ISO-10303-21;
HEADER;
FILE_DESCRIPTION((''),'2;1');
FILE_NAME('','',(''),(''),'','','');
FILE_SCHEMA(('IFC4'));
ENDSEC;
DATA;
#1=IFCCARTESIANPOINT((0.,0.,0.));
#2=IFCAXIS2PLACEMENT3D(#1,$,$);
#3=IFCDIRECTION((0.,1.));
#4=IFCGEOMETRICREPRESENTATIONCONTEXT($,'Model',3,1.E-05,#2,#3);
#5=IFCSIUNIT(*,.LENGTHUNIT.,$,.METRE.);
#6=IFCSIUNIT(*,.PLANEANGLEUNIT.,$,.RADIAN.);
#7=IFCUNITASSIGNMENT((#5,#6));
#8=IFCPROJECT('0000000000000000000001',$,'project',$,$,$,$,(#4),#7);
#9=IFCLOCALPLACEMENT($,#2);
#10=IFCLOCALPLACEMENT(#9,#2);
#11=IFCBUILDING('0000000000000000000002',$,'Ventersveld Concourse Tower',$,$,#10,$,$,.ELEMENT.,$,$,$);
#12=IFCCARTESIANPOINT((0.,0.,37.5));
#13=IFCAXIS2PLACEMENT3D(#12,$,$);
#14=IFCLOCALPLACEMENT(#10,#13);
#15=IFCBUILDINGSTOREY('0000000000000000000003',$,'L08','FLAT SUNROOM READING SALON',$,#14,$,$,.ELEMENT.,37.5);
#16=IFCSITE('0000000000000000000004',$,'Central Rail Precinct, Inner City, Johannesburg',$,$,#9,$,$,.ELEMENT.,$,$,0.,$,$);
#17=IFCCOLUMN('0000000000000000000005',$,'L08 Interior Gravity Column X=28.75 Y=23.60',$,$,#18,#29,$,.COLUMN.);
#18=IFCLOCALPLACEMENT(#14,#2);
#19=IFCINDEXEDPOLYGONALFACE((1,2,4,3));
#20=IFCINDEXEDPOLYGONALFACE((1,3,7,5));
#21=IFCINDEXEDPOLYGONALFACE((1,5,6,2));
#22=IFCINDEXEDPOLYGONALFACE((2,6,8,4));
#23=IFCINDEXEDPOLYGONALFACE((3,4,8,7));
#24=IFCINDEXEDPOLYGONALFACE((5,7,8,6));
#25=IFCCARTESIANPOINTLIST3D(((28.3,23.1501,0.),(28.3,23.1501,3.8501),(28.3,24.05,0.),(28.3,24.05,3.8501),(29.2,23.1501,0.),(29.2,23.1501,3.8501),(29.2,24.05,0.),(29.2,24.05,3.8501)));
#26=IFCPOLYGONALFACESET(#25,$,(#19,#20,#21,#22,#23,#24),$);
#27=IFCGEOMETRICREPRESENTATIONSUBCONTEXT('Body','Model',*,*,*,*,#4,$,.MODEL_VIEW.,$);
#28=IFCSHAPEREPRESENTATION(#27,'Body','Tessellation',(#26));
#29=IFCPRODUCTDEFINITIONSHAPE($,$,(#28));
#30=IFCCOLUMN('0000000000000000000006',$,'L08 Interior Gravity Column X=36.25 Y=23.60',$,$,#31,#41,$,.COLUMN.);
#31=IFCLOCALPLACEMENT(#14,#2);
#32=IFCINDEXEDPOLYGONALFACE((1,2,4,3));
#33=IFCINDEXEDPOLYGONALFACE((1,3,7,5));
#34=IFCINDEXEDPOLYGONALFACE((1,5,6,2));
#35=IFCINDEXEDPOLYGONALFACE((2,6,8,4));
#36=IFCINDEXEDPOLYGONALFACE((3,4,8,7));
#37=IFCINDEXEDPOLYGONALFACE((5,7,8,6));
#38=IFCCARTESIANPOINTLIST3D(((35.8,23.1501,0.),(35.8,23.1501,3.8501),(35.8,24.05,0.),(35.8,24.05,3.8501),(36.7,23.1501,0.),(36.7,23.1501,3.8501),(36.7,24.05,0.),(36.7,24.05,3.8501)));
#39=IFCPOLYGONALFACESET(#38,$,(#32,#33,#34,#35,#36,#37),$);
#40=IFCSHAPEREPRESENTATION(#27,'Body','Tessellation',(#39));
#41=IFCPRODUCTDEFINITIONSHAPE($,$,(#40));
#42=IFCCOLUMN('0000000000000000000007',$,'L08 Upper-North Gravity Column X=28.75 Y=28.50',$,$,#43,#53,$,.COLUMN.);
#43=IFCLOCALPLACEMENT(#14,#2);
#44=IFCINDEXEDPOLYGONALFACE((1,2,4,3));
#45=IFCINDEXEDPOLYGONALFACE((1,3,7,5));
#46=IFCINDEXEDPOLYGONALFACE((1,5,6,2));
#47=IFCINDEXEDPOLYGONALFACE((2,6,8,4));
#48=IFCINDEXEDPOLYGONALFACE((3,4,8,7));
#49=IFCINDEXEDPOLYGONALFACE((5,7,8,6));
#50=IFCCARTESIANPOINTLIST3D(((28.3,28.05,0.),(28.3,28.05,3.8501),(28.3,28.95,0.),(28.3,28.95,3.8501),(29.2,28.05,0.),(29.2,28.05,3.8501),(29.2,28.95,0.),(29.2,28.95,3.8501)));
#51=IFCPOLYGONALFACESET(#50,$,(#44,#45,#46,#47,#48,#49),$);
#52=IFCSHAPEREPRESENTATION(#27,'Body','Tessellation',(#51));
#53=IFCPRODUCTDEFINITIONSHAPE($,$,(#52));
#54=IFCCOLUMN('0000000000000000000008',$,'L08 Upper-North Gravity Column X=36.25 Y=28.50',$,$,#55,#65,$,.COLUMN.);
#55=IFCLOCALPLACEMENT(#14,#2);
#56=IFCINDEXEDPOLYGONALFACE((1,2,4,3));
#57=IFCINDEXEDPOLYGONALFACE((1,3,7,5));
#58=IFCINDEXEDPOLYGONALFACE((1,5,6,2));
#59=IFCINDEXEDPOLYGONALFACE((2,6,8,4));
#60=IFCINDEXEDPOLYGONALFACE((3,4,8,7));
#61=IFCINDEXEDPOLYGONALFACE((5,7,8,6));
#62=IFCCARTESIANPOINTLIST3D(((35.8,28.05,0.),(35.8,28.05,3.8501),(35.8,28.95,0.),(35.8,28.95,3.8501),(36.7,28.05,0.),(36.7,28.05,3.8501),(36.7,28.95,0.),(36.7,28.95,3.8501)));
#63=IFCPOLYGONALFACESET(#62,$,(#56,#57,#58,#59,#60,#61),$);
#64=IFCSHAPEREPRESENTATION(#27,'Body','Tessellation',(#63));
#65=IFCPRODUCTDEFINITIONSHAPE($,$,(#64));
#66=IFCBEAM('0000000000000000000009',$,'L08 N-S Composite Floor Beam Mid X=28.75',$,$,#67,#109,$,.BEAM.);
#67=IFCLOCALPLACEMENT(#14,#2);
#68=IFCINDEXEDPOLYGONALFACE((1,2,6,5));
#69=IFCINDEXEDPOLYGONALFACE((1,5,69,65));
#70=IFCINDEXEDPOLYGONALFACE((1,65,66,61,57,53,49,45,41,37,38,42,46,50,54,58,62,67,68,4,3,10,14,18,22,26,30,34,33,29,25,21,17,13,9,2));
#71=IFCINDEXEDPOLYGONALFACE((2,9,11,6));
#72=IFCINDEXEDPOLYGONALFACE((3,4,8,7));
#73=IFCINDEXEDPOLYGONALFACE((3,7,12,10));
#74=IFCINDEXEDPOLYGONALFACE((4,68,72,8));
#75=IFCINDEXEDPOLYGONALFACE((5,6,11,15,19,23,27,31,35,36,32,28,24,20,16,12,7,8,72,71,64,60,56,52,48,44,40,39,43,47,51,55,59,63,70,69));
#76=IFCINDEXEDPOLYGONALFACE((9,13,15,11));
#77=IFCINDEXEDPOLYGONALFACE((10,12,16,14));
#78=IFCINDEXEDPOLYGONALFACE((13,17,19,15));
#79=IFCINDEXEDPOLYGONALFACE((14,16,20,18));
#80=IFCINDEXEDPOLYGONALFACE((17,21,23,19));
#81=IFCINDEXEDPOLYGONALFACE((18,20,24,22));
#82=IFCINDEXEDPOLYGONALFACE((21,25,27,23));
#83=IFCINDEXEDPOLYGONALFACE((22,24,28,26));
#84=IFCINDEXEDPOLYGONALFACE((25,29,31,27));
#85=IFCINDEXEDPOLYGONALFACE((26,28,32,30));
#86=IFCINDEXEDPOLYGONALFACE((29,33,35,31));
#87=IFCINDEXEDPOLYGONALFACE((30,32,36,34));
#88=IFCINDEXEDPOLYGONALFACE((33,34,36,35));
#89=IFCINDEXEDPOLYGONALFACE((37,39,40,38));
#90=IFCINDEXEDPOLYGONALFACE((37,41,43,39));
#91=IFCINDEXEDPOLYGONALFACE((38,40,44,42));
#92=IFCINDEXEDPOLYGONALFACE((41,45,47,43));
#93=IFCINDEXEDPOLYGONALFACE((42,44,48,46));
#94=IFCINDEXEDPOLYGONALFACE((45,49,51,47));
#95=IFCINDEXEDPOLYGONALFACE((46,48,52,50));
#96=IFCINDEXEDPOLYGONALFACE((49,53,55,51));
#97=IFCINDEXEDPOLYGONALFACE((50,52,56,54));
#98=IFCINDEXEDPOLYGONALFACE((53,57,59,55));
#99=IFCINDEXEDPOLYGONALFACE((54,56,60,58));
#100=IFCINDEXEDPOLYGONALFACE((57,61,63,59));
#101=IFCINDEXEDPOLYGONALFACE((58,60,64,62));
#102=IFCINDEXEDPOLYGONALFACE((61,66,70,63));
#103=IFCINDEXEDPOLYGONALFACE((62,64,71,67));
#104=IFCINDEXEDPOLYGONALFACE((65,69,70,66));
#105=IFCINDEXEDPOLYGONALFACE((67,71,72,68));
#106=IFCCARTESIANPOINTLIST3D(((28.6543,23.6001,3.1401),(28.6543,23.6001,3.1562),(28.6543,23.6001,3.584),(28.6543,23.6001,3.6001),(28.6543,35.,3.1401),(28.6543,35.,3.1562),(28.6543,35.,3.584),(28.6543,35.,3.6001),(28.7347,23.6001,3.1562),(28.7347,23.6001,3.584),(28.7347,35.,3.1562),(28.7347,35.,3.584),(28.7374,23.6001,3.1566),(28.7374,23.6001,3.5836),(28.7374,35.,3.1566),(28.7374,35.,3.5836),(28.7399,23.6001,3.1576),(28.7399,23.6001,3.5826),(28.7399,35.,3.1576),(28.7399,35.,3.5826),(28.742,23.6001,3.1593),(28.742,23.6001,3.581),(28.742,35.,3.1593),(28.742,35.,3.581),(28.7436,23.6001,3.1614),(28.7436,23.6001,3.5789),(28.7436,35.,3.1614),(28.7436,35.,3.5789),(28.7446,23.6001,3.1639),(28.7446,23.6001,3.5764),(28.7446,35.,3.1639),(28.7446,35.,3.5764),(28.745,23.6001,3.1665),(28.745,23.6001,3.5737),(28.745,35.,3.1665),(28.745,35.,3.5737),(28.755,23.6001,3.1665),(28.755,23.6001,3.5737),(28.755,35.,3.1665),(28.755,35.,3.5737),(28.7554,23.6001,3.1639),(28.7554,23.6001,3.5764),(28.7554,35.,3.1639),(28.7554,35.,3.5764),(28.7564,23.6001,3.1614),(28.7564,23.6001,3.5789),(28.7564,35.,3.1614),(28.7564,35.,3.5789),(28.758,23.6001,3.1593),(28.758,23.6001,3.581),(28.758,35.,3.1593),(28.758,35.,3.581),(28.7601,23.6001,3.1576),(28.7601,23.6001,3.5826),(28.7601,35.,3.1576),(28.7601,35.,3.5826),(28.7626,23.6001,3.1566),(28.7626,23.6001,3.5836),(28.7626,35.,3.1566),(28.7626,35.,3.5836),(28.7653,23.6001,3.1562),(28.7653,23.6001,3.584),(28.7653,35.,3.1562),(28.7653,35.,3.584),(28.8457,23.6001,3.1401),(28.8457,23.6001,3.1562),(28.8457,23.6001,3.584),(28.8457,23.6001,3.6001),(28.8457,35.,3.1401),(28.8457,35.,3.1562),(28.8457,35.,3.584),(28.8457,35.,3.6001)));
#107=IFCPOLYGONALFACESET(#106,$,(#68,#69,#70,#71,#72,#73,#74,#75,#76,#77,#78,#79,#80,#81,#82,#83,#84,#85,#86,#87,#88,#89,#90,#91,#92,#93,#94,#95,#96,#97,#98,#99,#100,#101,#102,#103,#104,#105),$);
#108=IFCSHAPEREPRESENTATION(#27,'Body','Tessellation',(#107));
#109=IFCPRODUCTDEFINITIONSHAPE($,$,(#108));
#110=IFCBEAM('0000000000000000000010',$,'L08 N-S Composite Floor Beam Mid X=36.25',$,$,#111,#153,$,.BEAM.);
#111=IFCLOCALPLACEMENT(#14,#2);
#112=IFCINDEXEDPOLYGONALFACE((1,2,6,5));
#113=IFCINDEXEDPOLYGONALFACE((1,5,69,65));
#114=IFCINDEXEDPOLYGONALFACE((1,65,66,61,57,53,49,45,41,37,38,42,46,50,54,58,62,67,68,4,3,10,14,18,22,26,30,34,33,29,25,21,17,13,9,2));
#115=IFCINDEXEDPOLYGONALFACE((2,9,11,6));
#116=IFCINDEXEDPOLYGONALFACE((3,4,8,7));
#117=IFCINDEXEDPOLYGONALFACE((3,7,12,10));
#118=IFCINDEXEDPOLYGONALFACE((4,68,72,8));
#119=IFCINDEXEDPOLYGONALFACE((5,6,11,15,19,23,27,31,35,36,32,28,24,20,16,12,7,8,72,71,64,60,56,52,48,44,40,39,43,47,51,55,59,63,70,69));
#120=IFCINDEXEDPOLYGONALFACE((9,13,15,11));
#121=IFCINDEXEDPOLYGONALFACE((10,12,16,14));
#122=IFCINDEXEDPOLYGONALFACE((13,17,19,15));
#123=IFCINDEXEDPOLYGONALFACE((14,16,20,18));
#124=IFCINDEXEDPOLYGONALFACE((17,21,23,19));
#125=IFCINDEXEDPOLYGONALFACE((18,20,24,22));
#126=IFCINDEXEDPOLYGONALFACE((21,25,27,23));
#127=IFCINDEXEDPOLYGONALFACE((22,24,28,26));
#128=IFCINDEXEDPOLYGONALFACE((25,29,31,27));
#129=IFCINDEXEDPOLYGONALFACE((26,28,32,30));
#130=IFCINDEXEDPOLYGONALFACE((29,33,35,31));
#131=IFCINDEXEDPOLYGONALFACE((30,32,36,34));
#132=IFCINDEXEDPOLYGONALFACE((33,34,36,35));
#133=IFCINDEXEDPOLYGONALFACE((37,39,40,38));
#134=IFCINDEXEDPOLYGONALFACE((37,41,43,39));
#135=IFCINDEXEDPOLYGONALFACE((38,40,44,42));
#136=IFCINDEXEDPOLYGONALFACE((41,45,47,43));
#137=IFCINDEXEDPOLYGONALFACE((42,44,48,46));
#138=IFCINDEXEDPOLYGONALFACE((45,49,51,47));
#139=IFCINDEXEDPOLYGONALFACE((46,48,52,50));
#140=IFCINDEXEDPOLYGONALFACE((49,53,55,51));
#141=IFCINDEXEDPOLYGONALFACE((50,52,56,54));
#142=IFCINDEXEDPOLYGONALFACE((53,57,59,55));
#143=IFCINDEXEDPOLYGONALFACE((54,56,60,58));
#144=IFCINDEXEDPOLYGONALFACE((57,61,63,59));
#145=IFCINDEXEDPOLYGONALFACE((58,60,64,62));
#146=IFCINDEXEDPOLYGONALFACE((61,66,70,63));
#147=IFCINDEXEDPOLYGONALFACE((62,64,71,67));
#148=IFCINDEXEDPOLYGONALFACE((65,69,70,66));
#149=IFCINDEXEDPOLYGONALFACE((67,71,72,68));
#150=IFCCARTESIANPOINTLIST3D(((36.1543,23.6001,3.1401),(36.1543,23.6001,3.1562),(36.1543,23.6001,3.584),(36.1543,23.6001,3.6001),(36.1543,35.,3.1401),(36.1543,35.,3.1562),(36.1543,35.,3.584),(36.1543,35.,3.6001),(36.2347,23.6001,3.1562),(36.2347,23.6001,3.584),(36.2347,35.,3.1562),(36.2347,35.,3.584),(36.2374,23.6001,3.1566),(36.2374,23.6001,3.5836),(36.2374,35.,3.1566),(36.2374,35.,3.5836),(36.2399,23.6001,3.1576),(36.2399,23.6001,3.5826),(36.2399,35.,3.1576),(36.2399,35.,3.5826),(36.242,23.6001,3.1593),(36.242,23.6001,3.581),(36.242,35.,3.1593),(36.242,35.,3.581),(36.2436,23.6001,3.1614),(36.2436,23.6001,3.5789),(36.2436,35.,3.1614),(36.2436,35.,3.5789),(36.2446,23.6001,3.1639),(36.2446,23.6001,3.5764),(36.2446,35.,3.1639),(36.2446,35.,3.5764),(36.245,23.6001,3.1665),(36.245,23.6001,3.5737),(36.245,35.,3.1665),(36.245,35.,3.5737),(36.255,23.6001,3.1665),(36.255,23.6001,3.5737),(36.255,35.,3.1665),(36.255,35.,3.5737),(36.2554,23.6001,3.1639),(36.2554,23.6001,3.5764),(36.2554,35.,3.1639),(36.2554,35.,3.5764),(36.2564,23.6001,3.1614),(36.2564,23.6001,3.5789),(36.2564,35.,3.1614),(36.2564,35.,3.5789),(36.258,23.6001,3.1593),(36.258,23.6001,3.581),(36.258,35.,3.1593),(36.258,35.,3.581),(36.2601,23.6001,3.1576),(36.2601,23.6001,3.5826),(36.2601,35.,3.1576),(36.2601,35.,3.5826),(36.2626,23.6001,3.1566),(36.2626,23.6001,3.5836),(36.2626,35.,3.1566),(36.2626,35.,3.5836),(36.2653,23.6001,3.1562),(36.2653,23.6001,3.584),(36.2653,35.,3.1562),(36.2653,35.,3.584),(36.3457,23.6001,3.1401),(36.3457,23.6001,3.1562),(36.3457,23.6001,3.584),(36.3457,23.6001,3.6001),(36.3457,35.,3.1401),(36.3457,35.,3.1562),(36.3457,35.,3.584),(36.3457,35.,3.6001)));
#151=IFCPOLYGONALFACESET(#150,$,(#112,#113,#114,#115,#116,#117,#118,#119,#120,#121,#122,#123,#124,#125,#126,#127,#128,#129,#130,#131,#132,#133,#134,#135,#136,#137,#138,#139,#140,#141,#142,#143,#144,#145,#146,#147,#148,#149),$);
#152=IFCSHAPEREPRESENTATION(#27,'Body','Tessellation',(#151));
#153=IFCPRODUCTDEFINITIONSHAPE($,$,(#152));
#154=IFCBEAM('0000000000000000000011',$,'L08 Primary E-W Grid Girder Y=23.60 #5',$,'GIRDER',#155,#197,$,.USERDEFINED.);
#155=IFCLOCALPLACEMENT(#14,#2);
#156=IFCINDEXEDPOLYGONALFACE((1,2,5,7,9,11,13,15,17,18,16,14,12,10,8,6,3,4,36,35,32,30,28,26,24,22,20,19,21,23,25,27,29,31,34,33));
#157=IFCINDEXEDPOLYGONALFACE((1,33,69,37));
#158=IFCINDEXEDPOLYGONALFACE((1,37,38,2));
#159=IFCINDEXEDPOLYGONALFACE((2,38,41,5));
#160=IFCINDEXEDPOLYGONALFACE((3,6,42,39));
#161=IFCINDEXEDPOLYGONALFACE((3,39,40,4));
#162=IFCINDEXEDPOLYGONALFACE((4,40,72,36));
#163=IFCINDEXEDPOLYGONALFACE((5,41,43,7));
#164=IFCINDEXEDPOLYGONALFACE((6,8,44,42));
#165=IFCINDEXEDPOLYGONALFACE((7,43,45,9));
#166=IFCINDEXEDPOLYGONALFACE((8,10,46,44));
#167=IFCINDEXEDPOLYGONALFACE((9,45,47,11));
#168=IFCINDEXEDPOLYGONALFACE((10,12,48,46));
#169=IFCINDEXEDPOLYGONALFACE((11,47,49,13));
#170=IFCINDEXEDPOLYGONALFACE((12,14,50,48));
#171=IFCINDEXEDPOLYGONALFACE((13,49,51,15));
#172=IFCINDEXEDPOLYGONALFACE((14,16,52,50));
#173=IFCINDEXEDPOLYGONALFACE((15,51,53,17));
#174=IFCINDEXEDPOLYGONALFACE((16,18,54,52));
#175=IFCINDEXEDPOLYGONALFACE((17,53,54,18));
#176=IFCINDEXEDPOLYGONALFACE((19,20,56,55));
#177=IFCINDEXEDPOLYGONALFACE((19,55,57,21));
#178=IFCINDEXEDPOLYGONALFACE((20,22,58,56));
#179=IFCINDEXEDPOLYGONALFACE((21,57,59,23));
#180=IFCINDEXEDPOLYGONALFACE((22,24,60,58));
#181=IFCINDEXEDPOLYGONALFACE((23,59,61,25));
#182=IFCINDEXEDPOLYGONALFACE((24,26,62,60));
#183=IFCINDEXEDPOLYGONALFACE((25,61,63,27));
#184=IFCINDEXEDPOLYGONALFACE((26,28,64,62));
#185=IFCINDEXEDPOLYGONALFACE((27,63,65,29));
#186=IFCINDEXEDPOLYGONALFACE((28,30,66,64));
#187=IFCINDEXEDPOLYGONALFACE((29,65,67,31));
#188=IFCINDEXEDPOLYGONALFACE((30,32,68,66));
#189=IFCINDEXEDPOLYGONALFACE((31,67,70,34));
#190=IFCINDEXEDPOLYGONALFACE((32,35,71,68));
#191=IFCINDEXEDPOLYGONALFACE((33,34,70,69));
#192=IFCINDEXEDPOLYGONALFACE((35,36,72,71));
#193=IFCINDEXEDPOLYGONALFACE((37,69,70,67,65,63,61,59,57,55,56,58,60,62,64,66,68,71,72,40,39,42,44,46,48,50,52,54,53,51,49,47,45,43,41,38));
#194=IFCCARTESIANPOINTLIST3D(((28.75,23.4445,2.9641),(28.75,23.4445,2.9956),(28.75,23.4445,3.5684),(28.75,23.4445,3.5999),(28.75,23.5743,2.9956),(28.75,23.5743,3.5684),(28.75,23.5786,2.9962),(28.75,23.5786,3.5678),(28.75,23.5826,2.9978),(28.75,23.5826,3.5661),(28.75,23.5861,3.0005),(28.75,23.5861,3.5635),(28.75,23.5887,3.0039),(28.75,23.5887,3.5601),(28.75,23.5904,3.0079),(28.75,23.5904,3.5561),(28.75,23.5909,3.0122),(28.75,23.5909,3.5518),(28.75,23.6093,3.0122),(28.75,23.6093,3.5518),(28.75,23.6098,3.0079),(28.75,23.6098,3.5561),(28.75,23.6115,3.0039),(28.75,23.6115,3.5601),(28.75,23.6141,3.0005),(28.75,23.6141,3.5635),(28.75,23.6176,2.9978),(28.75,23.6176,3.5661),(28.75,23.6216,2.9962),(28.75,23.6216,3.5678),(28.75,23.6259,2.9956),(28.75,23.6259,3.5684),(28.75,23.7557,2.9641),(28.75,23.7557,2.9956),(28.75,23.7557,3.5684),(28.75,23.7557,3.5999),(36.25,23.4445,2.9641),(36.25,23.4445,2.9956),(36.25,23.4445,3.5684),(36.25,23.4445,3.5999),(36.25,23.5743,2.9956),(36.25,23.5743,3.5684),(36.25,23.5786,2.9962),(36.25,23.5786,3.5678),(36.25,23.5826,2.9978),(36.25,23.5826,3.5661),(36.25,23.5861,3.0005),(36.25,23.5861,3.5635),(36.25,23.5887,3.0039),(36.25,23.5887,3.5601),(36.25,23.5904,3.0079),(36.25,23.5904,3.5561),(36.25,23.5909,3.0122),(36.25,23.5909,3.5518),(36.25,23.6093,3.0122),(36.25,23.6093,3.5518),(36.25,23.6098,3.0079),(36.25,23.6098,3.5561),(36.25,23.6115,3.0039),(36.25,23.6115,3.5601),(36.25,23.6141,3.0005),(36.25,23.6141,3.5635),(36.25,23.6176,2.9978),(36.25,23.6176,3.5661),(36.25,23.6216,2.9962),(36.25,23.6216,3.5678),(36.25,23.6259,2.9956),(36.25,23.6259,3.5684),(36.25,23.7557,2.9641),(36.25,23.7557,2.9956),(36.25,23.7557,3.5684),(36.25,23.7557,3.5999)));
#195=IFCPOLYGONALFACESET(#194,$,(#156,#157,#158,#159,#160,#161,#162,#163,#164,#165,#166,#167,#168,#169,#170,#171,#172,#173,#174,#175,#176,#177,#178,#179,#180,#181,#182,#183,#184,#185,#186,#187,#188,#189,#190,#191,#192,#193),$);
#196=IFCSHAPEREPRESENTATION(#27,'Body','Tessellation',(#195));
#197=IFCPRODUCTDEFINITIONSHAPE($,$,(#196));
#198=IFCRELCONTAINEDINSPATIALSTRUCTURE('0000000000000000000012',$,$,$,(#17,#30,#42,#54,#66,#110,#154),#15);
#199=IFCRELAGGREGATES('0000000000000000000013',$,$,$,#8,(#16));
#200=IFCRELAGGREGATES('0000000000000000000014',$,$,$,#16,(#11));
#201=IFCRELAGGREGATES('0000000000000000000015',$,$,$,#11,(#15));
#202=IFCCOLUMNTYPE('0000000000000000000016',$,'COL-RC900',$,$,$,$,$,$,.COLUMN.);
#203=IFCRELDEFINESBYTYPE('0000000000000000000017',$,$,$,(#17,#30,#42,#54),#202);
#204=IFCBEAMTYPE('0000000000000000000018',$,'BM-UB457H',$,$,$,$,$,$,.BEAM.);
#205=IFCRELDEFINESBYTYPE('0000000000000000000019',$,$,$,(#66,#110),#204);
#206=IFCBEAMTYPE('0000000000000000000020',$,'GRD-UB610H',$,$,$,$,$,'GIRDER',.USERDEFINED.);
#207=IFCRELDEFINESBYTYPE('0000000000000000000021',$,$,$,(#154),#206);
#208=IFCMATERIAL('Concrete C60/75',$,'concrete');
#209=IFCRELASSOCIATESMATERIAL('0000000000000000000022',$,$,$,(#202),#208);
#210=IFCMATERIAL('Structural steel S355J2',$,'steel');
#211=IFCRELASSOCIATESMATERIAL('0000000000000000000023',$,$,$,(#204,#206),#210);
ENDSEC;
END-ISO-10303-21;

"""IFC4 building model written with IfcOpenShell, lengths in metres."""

from ifc_helpers import new_model, si_unit, direction, frame, origin, origin_2d, place, context, subcontext, project, spatial, rectangle, i_section, extrude, material, material_profile, profile_set, type_object, element, save


model = new_model("IFC4")

# Units and contexts
model_context = context("Model", 3, precision=1e-05, world=origin(), true_north=direction((0.0, 1.0)))
body_context = subcontext(model_context, "Body", "Model", "MODEL_VIEW")
ifc_project = project(units=[si_unit("LENGTHUNIT", "METRE"), si_unit("PLANEANGLEUNIT", "RADIAN")], contexts=[model_context])

# Site, building, storey
site_placement = place(None, origin())
site = spatial("IfcSite", under=ifc_project, at=site_placement, Name="Central Rail Precinct, Inner City, Johannesburg", CompositionType="ELEMENT", RefElevation=0.0)
building_placement = place(site_placement, origin())
building = spatial("IfcBuilding", under=site, at=building_placement, Name="Ventersveld Concourse Tower", CompositionType="ELEMENT")
storey_placement = place(building_placement, frame((0.0, 0.0, 37.5)))
storey = spatial("IfcBuildingStorey", under=building, at=storey_placement, Name="L08", Description="FLAT SUNROOM READING SALON", CompositionType="ELEMENT", Elevation=37.5)

# Columns
ifc_material_1 = material(Name="Concrete C60/75", Category="concrete")
ifc_material_profile_1 = material_profile(ifc_material_1, rectangle(XDim=0.8999, YDim=0.8999, at=origin_2d()), Name="RC 900x900")
ifc_profile_set_1 = profile_set([ifc_material_profile_1], Name="Concrete C60/75")
column_type = type_object("IfcColumnType", Name="COL-RC900", PredefinedType="COLUMN", material=ifc_profile_set_1)
for number, where, z_axis, x_axis, name in (
    (1, (28.75, 23.6001, 0.0), (0.0, 0.0, 1.0), (1.0, 0.0, 0.0), "L08 Interior Gravity Column X=28.75 Y=23.60"),
    (2, (36.25, 23.6001, 0.0), (0.0, 0.0, 1.0), (1.0, 0.0, 0.0), "L08 Interior Gravity Column X=36.25 Y=23.60"),
    (3, (28.75, 28.5, 0.0), (0.0, 0.0, 1.0), (1.0, 0.0, 0.0), "L08 Upper-North Gravity Column X=28.75 Y=28.50"),
    (4, (36.25, 28.5, 0.0), (0.0, 0.0, 1.0), (1.0, 0.0, 0.0), "L08 Upper-North Gravity Column X=36.25 Y=28.50"),
):
    element("IfcColumn", number, at=place(storey_placement, frame(where, z_axis=z_axis, x_axis=x_axis)), inside=storey, type_object=column_type, Name=name, PredefinedType="COLUMN", context=body_context, shape_type="SweptSolid", body=[
        extrude(rectangle(XDim=0.8999, YDim=0.8999, at=origin_2d()), origin(), (0.0, 0.0, 1.0), 3.8501),
    ])

# Beams
ifc_material_2 = material(Name="Structural steel S355J2", Category="steel")
ifc_material_profile_2 = material_profile(ifc_material_2, i_section(OverallWidth=0.1914, OverallDepth=0.46, WebThickness=0.01, FlangeThickness=0.0161, FilletRadius=0.0103, at=origin_2d()), Name="UB 457x191x82")
ifc_profile_set_2 = profile_set([ifc_material_profile_2], Name="Structural steel S355J2")
beam_type_1 = type_object("IfcBeamType", Name="BM-UB457H", PredefinedType="BEAM", material=ifc_profile_set_2)
for number, where, z_axis, x_axis, name in (
    (5, (28.75, 23.6001, 3.3701), (0.0, 1.0, 0.0), (-1.0, 0.0, 0.0), "L08 N-S Composite Floor Beam Mid X=28.75"),
    (6, (36.25, 23.6001, 3.3701), (0.0, 1.0, 0.0), (-1.0, 0.0, 0.0), "L08 N-S Composite Floor Beam Mid X=36.25"),
):
    element("IfcBeam", number, at=place(storey_placement, frame(where, z_axis=z_axis, x_axis=x_axis)), inside=storey, type_object=beam_type_1, Name=name, PredefinedType="BEAM", context=body_context, shape_type="SweptSolid", body=[
        extrude(i_section(OverallWidth=0.1914, OverallDepth=0.46, WebThickness=0.01, FlangeThickness=0.0161, FilletRadius=0.0103, at=origin_2d()), origin(), (0.0, 0.0, 1.0), 11.3999),
    ])
ifc_material_profile_3 = material_profile(ifc_material_2, i_section(OverallWidth=0.3113, OverallDepth=0.6357, WebThickness=0.0183, FlangeThickness=0.0315, FilletRadius=0.0166, at=origin_2d()), Name="UB 610x305x238")
ifc_profile_set_3 = profile_set([ifc_material_profile_3], Name="Structural steel S355J2")
beam_type_2 = type_object("IfcBeamType", Name="GRD-UB610H", ElementType="GIRDER", PredefinedType="USERDEFINED", material=ifc_profile_set_3)
for number, where, z_axis, x_axis, name in (
    (7, (28.75, 23.6001, 3.282), (1.0, 0.0, 0.0), (0.0, 1.0, 0.0), "L08 Primary E-W Grid Girder Y=23.60 #5"),
):
    element("IfcBeam", number, at=place(storey_placement, frame(where, z_axis=z_axis, x_axis=x_axis)), inside=storey, type_object=beam_type_2, Name=name, ObjectType="GIRDER", PredefinedType="USERDEFINED", context=body_context, shape_type="SweptSolid", body=[
        extrude(i_section(OverallWidth=0.3113, OverallDepth=0.6357, WebThickness=0.0183, FlangeThickness=0.0315, FilletRadius=0.0166, at=origin_2d()), origin(), (0.0, 0.0, 1.0), 7.5),
    ])

save(model, "model.ifc")
